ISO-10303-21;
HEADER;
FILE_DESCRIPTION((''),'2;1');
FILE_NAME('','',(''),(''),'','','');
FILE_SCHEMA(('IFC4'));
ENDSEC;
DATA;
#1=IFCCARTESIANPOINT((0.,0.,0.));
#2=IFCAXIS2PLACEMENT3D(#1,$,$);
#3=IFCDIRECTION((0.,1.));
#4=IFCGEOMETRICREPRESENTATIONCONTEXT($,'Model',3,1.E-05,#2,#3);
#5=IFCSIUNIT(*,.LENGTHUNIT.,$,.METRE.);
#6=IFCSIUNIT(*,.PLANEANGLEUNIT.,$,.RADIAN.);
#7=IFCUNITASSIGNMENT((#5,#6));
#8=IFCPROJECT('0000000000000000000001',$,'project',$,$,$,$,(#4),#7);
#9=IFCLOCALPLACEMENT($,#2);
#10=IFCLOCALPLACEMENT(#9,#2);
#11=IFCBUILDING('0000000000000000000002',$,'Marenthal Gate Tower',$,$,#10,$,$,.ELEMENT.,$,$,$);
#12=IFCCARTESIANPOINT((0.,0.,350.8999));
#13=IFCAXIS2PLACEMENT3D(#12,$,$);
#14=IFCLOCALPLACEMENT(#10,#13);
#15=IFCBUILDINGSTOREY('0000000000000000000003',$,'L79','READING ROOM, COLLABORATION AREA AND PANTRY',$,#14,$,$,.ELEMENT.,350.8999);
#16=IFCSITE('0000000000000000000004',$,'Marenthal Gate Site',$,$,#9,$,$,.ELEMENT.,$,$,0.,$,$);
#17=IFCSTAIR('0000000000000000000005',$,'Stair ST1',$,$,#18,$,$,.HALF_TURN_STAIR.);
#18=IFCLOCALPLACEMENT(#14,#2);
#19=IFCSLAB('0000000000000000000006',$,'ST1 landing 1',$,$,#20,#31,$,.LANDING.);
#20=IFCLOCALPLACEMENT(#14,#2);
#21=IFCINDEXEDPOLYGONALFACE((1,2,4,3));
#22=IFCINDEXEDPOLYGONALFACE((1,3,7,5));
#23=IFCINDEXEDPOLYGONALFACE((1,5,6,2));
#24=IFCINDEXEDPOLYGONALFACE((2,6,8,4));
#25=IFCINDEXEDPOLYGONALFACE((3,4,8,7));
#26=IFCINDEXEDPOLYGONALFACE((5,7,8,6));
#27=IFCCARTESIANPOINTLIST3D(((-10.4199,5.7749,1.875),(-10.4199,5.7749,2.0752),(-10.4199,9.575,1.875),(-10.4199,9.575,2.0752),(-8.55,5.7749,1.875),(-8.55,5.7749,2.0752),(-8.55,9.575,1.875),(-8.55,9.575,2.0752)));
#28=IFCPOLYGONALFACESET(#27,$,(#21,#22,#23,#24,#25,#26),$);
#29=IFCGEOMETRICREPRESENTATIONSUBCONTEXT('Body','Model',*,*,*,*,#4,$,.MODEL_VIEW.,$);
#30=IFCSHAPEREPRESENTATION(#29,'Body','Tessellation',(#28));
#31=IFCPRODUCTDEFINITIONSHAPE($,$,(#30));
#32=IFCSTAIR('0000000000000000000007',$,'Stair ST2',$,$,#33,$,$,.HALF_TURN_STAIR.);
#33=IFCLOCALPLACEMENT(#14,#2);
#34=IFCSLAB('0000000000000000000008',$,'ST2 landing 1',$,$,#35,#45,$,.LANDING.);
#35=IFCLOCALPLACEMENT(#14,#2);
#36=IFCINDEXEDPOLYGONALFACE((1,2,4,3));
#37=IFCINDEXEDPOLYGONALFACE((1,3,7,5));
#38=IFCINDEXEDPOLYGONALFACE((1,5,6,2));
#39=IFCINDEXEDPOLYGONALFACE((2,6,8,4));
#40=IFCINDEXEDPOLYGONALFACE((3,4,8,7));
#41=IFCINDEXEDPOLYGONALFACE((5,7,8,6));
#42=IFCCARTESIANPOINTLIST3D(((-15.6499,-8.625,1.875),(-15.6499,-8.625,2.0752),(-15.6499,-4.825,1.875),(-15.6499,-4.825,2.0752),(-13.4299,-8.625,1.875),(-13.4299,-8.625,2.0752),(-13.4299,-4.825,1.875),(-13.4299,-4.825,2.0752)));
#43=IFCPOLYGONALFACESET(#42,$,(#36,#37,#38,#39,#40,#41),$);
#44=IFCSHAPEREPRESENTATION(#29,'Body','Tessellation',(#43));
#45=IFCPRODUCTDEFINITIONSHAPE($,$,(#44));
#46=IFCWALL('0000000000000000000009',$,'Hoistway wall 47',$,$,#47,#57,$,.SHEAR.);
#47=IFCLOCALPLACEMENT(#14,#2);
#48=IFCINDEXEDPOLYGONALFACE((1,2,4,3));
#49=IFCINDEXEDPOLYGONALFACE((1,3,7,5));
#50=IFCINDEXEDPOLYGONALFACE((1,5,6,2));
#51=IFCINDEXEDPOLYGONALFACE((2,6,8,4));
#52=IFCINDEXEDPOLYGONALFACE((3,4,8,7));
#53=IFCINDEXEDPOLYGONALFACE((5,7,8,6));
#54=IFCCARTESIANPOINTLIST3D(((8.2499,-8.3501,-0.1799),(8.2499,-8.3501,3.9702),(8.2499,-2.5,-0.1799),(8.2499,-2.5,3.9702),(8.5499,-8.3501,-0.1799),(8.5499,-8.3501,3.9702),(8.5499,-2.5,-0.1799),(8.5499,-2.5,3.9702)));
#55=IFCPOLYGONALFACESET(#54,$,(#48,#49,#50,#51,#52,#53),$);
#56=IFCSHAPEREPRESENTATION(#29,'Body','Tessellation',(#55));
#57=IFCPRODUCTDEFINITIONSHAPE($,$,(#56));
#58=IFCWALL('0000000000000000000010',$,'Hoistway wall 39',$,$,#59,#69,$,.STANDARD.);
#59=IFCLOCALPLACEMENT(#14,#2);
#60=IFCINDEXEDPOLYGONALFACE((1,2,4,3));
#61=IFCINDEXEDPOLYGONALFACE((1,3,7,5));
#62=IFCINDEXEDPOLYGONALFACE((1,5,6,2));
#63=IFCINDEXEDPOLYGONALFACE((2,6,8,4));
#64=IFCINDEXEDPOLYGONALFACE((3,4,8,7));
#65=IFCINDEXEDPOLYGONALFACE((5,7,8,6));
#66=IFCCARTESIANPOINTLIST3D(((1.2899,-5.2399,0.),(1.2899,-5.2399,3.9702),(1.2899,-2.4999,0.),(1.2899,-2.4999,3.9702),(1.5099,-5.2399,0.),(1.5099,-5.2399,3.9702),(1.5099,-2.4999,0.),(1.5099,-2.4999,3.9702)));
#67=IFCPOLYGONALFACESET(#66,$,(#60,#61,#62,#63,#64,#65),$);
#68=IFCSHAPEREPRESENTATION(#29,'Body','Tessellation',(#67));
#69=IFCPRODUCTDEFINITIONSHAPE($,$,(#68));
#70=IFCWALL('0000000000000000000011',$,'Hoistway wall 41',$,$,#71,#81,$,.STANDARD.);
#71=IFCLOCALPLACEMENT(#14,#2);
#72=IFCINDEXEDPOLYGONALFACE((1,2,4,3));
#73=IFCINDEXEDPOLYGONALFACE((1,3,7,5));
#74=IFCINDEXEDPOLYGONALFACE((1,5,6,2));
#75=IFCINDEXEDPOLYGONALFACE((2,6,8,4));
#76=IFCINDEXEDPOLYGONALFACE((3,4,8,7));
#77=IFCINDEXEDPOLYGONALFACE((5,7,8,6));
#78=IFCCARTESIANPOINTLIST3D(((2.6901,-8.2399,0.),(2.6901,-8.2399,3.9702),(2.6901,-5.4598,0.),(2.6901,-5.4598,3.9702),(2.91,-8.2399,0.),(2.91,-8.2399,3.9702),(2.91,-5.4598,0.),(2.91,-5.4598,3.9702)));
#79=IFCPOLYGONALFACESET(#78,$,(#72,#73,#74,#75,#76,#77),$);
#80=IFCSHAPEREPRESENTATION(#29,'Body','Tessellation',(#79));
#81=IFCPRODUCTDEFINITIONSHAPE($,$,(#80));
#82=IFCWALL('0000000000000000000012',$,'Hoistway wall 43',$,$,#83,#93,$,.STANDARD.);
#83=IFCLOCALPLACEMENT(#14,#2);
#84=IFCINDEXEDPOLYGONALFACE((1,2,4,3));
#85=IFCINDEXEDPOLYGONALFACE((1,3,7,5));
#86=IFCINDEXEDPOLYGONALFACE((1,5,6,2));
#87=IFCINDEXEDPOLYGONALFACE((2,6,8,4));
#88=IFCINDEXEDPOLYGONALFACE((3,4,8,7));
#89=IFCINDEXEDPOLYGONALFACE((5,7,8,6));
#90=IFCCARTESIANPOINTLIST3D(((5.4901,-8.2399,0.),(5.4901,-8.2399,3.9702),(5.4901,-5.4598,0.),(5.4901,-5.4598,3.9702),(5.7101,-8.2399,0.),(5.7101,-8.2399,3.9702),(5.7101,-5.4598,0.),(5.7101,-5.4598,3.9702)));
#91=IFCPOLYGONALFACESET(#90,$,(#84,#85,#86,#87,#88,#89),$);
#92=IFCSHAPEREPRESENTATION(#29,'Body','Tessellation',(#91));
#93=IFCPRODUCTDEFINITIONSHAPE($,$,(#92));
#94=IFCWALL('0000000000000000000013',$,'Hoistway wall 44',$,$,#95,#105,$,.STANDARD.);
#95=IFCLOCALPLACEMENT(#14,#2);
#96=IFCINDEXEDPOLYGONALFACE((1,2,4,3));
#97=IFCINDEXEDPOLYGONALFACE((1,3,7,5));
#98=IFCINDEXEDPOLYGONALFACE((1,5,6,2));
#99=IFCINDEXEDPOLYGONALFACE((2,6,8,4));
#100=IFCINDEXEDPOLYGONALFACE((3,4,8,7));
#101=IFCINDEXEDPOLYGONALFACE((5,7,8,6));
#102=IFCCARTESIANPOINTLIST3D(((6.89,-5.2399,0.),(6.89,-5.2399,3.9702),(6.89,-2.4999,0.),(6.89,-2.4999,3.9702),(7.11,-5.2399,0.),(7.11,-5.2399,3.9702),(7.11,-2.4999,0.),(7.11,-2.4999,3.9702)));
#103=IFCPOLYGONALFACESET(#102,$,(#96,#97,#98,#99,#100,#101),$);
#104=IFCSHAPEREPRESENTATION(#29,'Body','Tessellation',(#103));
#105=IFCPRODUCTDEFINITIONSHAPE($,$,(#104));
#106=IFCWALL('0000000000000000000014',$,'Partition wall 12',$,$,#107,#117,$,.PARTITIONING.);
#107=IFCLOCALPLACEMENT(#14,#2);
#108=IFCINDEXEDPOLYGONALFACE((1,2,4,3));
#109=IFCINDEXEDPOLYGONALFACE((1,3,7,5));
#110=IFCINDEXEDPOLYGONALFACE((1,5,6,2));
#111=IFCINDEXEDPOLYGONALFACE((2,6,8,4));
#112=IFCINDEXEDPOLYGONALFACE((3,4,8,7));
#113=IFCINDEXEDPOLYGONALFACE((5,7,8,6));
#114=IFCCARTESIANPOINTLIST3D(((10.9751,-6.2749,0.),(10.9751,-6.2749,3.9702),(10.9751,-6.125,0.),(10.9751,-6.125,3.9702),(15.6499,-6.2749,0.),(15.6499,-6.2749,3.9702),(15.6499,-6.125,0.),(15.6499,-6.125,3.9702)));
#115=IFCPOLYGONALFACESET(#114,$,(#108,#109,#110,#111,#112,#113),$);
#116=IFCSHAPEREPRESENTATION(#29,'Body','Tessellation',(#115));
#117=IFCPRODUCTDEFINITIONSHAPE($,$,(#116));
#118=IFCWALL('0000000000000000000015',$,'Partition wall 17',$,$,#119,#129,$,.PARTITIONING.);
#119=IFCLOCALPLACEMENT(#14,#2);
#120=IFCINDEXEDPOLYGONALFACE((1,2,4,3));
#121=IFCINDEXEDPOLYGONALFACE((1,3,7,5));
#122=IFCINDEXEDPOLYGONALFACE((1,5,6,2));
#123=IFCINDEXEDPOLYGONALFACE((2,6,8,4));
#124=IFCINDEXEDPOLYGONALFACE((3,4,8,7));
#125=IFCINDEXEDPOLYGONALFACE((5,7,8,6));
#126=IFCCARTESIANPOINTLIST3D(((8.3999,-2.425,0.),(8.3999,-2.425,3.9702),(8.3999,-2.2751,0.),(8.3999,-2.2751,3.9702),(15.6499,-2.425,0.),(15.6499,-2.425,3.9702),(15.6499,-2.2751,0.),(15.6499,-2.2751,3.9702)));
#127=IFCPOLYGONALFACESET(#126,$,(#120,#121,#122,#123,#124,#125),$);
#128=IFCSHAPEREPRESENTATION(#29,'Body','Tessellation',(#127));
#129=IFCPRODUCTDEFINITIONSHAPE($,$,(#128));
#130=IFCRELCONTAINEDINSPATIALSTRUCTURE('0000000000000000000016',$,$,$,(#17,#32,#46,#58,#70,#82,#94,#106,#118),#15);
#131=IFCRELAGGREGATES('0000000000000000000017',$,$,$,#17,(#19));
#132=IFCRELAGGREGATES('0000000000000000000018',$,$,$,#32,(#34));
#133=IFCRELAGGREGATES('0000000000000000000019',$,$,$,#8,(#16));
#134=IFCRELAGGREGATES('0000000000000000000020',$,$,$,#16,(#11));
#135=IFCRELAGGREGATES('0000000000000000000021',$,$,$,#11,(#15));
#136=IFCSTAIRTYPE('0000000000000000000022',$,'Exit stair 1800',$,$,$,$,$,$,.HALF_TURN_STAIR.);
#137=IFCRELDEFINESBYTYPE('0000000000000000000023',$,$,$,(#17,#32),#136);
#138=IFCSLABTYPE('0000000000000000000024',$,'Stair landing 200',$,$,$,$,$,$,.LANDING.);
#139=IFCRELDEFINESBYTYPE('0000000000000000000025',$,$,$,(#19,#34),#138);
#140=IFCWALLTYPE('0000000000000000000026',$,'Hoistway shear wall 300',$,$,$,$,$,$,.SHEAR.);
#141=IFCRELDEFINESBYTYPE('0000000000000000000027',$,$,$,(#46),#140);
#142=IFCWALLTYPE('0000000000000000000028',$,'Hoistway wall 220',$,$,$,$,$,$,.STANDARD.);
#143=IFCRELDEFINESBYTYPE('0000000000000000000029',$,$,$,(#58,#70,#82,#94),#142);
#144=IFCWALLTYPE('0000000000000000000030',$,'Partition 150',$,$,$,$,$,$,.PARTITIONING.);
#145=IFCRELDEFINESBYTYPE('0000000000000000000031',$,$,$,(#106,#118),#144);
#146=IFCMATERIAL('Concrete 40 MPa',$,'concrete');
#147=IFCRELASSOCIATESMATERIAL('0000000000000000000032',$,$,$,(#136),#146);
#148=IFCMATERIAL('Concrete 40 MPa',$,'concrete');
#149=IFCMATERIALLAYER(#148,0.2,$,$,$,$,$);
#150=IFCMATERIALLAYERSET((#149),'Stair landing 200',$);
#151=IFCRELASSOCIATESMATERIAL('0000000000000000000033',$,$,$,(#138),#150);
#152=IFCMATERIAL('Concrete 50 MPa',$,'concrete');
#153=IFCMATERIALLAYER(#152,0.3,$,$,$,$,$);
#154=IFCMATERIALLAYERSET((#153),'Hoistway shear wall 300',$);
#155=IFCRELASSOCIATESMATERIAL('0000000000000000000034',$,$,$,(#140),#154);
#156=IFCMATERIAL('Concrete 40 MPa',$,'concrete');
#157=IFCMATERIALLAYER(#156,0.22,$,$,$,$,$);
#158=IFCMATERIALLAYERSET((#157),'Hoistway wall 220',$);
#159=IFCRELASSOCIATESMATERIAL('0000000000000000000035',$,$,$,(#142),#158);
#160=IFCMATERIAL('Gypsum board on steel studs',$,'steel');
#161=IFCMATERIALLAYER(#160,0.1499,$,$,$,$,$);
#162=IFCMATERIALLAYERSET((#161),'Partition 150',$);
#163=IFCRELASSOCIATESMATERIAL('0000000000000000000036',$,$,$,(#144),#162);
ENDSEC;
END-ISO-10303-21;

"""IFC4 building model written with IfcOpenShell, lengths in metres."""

from ifc_helpers import new_model, si_unit, direction, frame, frame_2d, origin, place, context, subcontext, project, spatial, polyline, rectangle, outline, extrude, material, layer, layer_set, type_object, element, aggregate, save


model = new_model("IFC4")

# Units and contexts
model_context = context("Model", 3, precision=1e-05, world=origin(), true_north=direction((0.0, 1.0)))
body_context = subcontext(model_context, "Body", "Model", "MODEL_VIEW")
ifc_project = project(units=[si_unit("LENGTHUNIT", "METRE"), si_unit("PLANEANGLEUNIT", "RADIAN")], contexts=[model_context])

# Site, building, storey
site_placement = place(None, origin())
site = spatial("IfcSite", under=ifc_project, at=site_placement, Name="Marenthal Gate Site", CompositionType="ELEMENT", RefElevation=0.0)
building_placement = place(site_placement, origin())
building = spatial("IfcBuilding", under=site, at=building_placement, Name="Marenthal Gate Tower", CompositionType="ELEMENT")
storey_placement = place(building_placement, frame((0.0, 0.0, 350.8999)))
storey = spatial("IfcBuildingStorey", under=building, at=storey_placement, Name="L79", Description="READING ROOM, COLLABORATION AREA AND PANTRY", CompositionType="ELEMENT", Elevation=350.8999)

# Stairs, slabs
ifc_material_1 = material(Name="Concrete 40 MPa", Category="concrete")
stair_type = type_object("IfcStairType", Name="Exit stair 1800", PredefinedType="HALF_TURN_STAIR", material=ifc_material_1)
stair_1_placement = place(storey_placement, origin())
stair_1 = element("IfcStair", 1, at=stair_1_placement, inside=storey, type_object=stair_type, Name="Stair ST1", PredefinedType="HALF_TURN_STAIR")
ifc_material_2 = material(Name="Concrete 40 MPa", Category="concrete")
ifc_layer_1 = layer(ifc_material_2, 0.2)
ifc_layer_set_1 = layer_set([ifc_layer_1], Name="Stair landing 200")
slab_type_1 = type_object("IfcSlabType", Name="Stair landing 200", PredefinedType="LANDING", material=ifc_layer_set_1)
slab_1_placement = place(storey_placement, frame((0.0, 0.0, 1.875)))
slab_1 = element("IfcSlab", 2, at=slab_1_placement, type_object=slab_type_1, Name="ST1 landing 1", PredefinedType="LANDING", context=body_context, shape_type="SweptSolid", body=[
    extrude(outline(polyline([(-10.4199, 5.7749), (-8.55, 5.7749), (-8.55, 9.575), (-10.4199, 9.575), (-10.4199, 5.7749)])), origin(), (0.0, 0.0, 1.0), 0.2002),
])
aggregate(stair_1, [slab_1])
stair_2_placement = place(storey_placement, origin())
stair_2 = element("IfcStair", 3, at=stair_2_placement, inside=storey, type_object=stair_type, Name="Stair ST2", PredefinedType="HALF_TURN_STAIR")
slab_2_placement = place(storey_placement, frame((0.0, 0.0, 1.875)))
slab_2 = element("IfcSlab", 4, at=slab_2_placement, type_object=slab_type_1, Name="ST2 landing 1", PredefinedType="LANDING", context=body_context, shape_type="SweptSolid", body=[
    extrude(outline(polyline([(-15.6499, -8.625), (-13.4299, -8.625), (-13.4299, -4.825), (-15.6499, -4.825), (-15.6499, -8.625)])), origin(), (0.0, 0.0, 1.0), 0.2002),
])
aggregate(stair_2, [slab_2])

# Walls
ifc_material_3 = material(Name="Concrete 50 MPa", Category="concrete")
ifc_layer_2 = layer(ifc_material_3, 0.3)
ifc_layer_set_2 = layer_set([ifc_layer_2], Name="Hoistway shear wall 300")
wall_type_1 = type_object("IfcWallType", Name="Hoistway shear wall 300", PredefinedType="SHEAR", material=ifc_layer_set_2)
wall_1_placement = place(storey_placement, frame((8.3999, -8.3501, -0.1799), z_axis=(0.0, 0.0, 1.0), x_axis=(0.0, 1.0, 0.0)))
element("IfcWall", 5, at=wall_1_placement, inside=storey, type_object=wall_type_1, Name="Hoistway wall 47", PredefinedType="SHEAR", context=body_context, shape_type="SweptSolid", body=[
    extrude(rectangle(XDim=5.8501, YDim=0.3, at=frame_2d((2.925, 0.0))), origin(), (0.0, 0.0, 1.0), 4.1501),
])
ifc_material_4 = material(Name="Concrete 40 MPa", Category="concrete")
ifc_layer_3 = layer(ifc_material_4, 0.22)
ifc_layer_set_3 = layer_set([ifc_layer_3], Name="Hoistway wall 220")
wall_type_2 = type_object("IfcWallType", Name="Hoistway wall 220", PredefinedType="STANDARD", material=ifc_layer_set_3)
wall_2_placement = place(storey_placement, frame((1.3999, -5.24, 0.0), z_axis=(0.0, 0.0, 1.0), x_axis=(0.0, 1.0, 0.0)))
element("IfcWall", 6, at=wall_2_placement, inside=storey, type_object=wall_type_2, Name="Hoistway wall 39", PredefinedType="STANDARD", context=body_context, shape_type="SweptSolid", body=[
    extrude(rectangle(XDim=2.74, YDim=0.22, at=frame_2d((1.3701, 0.0))), origin(), (0.0, 0.0, 1.0), 3.9702),
])
for number, where, z_axis, x_axis, name in (
    (7, (2.8, -8.24, 0.0), (0.0, 0.0, 1.0), (0.0, 1.0, 0.0), "Hoistway wall 41"),
    (8, (5.6001, -8.24, 0.0), (0.0, 0.0, 1.0), (0.0, 1.0, 0.0), "Hoistway wall 43"),
):
    element("IfcWall", number, at=place(storey_placement, frame(where, z_axis=z_axis, x_axis=x_axis)), inside=storey, type_object=wall_type_2, Name=name, PredefinedType="STANDARD", context=body_context, shape_type="SweptSolid", body=[
        extrude(rectangle(XDim=2.78, YDim=0.22, at=frame_2d((1.3901, 0.0))), origin(), (0.0, 0.0, 1.0), 3.9702),
    ])
wall_3_placement = place(storey_placement, frame((7.0, -5.24, 0.0), z_axis=(0.0, 0.0, 1.0), x_axis=(0.0, 1.0, 0.0)))
element("IfcWall", 9, at=wall_3_placement, inside=storey, type_object=wall_type_2, Name="Hoistway wall 44", PredefinedType="STANDARD", context=body_context, shape_type="SweptSolid", body=[
    extrude(rectangle(XDim=2.74, YDim=0.22, at=frame_2d((1.3701, 0.0))), origin(), (0.0, 0.0, 1.0), 3.9702),
])
ifc_material_5 = material(Name="Gypsum board on steel studs", Category="steel")
ifc_layer_4 = layer(ifc_material_5, 0.1499)
ifc_layer_set_4 = layer_set([ifc_layer_4], Name="Partition 150")
wall_type_3 = type_object("IfcWallType", Name="Partition 150", PredefinedType="PARTITIONING", material=ifc_layer_set_4)
wall_4_placement = place(storey_placement, frame((10.9751, -6.2, 0.0), z_axis=(0.0, 0.0, 1.0), x_axis=(1.0, 0.0, 0.0)))
element("IfcWall", 10, at=wall_4_placement, inside=storey, type_object=wall_type_3, Name="Partition wall 12", PredefinedType="PARTITIONING", context=body_context, shape_type="SweptSolid", body=[
    extrude(rectangle(XDim=4.6748, YDim=0.1499, at=frame_2d((2.3374, 0.0))), origin(), (0.0, 0.0, 1.0), 3.9702),
])
wall_5_placement = place(storey_placement, frame((8.3999, -2.3501, 0.0), z_axis=(0.0, 0.0, 1.0), x_axis=(1.0, 0.0, 0.0)))
element("IfcWall", 11, at=wall_5_placement, inside=storey, type_object=wall_type_3, Name="Partition wall 17", PredefinedType="PARTITIONING", context=body_context, shape_type="SweptSolid", body=[
    extrude(rectangle(XDim=7.25, YDim=0.1499, at=frame_2d((3.625, 0.0))), origin(), (0.0, 0.0, 1.0), 3.9702),
])

save(model, "model.ifc")
